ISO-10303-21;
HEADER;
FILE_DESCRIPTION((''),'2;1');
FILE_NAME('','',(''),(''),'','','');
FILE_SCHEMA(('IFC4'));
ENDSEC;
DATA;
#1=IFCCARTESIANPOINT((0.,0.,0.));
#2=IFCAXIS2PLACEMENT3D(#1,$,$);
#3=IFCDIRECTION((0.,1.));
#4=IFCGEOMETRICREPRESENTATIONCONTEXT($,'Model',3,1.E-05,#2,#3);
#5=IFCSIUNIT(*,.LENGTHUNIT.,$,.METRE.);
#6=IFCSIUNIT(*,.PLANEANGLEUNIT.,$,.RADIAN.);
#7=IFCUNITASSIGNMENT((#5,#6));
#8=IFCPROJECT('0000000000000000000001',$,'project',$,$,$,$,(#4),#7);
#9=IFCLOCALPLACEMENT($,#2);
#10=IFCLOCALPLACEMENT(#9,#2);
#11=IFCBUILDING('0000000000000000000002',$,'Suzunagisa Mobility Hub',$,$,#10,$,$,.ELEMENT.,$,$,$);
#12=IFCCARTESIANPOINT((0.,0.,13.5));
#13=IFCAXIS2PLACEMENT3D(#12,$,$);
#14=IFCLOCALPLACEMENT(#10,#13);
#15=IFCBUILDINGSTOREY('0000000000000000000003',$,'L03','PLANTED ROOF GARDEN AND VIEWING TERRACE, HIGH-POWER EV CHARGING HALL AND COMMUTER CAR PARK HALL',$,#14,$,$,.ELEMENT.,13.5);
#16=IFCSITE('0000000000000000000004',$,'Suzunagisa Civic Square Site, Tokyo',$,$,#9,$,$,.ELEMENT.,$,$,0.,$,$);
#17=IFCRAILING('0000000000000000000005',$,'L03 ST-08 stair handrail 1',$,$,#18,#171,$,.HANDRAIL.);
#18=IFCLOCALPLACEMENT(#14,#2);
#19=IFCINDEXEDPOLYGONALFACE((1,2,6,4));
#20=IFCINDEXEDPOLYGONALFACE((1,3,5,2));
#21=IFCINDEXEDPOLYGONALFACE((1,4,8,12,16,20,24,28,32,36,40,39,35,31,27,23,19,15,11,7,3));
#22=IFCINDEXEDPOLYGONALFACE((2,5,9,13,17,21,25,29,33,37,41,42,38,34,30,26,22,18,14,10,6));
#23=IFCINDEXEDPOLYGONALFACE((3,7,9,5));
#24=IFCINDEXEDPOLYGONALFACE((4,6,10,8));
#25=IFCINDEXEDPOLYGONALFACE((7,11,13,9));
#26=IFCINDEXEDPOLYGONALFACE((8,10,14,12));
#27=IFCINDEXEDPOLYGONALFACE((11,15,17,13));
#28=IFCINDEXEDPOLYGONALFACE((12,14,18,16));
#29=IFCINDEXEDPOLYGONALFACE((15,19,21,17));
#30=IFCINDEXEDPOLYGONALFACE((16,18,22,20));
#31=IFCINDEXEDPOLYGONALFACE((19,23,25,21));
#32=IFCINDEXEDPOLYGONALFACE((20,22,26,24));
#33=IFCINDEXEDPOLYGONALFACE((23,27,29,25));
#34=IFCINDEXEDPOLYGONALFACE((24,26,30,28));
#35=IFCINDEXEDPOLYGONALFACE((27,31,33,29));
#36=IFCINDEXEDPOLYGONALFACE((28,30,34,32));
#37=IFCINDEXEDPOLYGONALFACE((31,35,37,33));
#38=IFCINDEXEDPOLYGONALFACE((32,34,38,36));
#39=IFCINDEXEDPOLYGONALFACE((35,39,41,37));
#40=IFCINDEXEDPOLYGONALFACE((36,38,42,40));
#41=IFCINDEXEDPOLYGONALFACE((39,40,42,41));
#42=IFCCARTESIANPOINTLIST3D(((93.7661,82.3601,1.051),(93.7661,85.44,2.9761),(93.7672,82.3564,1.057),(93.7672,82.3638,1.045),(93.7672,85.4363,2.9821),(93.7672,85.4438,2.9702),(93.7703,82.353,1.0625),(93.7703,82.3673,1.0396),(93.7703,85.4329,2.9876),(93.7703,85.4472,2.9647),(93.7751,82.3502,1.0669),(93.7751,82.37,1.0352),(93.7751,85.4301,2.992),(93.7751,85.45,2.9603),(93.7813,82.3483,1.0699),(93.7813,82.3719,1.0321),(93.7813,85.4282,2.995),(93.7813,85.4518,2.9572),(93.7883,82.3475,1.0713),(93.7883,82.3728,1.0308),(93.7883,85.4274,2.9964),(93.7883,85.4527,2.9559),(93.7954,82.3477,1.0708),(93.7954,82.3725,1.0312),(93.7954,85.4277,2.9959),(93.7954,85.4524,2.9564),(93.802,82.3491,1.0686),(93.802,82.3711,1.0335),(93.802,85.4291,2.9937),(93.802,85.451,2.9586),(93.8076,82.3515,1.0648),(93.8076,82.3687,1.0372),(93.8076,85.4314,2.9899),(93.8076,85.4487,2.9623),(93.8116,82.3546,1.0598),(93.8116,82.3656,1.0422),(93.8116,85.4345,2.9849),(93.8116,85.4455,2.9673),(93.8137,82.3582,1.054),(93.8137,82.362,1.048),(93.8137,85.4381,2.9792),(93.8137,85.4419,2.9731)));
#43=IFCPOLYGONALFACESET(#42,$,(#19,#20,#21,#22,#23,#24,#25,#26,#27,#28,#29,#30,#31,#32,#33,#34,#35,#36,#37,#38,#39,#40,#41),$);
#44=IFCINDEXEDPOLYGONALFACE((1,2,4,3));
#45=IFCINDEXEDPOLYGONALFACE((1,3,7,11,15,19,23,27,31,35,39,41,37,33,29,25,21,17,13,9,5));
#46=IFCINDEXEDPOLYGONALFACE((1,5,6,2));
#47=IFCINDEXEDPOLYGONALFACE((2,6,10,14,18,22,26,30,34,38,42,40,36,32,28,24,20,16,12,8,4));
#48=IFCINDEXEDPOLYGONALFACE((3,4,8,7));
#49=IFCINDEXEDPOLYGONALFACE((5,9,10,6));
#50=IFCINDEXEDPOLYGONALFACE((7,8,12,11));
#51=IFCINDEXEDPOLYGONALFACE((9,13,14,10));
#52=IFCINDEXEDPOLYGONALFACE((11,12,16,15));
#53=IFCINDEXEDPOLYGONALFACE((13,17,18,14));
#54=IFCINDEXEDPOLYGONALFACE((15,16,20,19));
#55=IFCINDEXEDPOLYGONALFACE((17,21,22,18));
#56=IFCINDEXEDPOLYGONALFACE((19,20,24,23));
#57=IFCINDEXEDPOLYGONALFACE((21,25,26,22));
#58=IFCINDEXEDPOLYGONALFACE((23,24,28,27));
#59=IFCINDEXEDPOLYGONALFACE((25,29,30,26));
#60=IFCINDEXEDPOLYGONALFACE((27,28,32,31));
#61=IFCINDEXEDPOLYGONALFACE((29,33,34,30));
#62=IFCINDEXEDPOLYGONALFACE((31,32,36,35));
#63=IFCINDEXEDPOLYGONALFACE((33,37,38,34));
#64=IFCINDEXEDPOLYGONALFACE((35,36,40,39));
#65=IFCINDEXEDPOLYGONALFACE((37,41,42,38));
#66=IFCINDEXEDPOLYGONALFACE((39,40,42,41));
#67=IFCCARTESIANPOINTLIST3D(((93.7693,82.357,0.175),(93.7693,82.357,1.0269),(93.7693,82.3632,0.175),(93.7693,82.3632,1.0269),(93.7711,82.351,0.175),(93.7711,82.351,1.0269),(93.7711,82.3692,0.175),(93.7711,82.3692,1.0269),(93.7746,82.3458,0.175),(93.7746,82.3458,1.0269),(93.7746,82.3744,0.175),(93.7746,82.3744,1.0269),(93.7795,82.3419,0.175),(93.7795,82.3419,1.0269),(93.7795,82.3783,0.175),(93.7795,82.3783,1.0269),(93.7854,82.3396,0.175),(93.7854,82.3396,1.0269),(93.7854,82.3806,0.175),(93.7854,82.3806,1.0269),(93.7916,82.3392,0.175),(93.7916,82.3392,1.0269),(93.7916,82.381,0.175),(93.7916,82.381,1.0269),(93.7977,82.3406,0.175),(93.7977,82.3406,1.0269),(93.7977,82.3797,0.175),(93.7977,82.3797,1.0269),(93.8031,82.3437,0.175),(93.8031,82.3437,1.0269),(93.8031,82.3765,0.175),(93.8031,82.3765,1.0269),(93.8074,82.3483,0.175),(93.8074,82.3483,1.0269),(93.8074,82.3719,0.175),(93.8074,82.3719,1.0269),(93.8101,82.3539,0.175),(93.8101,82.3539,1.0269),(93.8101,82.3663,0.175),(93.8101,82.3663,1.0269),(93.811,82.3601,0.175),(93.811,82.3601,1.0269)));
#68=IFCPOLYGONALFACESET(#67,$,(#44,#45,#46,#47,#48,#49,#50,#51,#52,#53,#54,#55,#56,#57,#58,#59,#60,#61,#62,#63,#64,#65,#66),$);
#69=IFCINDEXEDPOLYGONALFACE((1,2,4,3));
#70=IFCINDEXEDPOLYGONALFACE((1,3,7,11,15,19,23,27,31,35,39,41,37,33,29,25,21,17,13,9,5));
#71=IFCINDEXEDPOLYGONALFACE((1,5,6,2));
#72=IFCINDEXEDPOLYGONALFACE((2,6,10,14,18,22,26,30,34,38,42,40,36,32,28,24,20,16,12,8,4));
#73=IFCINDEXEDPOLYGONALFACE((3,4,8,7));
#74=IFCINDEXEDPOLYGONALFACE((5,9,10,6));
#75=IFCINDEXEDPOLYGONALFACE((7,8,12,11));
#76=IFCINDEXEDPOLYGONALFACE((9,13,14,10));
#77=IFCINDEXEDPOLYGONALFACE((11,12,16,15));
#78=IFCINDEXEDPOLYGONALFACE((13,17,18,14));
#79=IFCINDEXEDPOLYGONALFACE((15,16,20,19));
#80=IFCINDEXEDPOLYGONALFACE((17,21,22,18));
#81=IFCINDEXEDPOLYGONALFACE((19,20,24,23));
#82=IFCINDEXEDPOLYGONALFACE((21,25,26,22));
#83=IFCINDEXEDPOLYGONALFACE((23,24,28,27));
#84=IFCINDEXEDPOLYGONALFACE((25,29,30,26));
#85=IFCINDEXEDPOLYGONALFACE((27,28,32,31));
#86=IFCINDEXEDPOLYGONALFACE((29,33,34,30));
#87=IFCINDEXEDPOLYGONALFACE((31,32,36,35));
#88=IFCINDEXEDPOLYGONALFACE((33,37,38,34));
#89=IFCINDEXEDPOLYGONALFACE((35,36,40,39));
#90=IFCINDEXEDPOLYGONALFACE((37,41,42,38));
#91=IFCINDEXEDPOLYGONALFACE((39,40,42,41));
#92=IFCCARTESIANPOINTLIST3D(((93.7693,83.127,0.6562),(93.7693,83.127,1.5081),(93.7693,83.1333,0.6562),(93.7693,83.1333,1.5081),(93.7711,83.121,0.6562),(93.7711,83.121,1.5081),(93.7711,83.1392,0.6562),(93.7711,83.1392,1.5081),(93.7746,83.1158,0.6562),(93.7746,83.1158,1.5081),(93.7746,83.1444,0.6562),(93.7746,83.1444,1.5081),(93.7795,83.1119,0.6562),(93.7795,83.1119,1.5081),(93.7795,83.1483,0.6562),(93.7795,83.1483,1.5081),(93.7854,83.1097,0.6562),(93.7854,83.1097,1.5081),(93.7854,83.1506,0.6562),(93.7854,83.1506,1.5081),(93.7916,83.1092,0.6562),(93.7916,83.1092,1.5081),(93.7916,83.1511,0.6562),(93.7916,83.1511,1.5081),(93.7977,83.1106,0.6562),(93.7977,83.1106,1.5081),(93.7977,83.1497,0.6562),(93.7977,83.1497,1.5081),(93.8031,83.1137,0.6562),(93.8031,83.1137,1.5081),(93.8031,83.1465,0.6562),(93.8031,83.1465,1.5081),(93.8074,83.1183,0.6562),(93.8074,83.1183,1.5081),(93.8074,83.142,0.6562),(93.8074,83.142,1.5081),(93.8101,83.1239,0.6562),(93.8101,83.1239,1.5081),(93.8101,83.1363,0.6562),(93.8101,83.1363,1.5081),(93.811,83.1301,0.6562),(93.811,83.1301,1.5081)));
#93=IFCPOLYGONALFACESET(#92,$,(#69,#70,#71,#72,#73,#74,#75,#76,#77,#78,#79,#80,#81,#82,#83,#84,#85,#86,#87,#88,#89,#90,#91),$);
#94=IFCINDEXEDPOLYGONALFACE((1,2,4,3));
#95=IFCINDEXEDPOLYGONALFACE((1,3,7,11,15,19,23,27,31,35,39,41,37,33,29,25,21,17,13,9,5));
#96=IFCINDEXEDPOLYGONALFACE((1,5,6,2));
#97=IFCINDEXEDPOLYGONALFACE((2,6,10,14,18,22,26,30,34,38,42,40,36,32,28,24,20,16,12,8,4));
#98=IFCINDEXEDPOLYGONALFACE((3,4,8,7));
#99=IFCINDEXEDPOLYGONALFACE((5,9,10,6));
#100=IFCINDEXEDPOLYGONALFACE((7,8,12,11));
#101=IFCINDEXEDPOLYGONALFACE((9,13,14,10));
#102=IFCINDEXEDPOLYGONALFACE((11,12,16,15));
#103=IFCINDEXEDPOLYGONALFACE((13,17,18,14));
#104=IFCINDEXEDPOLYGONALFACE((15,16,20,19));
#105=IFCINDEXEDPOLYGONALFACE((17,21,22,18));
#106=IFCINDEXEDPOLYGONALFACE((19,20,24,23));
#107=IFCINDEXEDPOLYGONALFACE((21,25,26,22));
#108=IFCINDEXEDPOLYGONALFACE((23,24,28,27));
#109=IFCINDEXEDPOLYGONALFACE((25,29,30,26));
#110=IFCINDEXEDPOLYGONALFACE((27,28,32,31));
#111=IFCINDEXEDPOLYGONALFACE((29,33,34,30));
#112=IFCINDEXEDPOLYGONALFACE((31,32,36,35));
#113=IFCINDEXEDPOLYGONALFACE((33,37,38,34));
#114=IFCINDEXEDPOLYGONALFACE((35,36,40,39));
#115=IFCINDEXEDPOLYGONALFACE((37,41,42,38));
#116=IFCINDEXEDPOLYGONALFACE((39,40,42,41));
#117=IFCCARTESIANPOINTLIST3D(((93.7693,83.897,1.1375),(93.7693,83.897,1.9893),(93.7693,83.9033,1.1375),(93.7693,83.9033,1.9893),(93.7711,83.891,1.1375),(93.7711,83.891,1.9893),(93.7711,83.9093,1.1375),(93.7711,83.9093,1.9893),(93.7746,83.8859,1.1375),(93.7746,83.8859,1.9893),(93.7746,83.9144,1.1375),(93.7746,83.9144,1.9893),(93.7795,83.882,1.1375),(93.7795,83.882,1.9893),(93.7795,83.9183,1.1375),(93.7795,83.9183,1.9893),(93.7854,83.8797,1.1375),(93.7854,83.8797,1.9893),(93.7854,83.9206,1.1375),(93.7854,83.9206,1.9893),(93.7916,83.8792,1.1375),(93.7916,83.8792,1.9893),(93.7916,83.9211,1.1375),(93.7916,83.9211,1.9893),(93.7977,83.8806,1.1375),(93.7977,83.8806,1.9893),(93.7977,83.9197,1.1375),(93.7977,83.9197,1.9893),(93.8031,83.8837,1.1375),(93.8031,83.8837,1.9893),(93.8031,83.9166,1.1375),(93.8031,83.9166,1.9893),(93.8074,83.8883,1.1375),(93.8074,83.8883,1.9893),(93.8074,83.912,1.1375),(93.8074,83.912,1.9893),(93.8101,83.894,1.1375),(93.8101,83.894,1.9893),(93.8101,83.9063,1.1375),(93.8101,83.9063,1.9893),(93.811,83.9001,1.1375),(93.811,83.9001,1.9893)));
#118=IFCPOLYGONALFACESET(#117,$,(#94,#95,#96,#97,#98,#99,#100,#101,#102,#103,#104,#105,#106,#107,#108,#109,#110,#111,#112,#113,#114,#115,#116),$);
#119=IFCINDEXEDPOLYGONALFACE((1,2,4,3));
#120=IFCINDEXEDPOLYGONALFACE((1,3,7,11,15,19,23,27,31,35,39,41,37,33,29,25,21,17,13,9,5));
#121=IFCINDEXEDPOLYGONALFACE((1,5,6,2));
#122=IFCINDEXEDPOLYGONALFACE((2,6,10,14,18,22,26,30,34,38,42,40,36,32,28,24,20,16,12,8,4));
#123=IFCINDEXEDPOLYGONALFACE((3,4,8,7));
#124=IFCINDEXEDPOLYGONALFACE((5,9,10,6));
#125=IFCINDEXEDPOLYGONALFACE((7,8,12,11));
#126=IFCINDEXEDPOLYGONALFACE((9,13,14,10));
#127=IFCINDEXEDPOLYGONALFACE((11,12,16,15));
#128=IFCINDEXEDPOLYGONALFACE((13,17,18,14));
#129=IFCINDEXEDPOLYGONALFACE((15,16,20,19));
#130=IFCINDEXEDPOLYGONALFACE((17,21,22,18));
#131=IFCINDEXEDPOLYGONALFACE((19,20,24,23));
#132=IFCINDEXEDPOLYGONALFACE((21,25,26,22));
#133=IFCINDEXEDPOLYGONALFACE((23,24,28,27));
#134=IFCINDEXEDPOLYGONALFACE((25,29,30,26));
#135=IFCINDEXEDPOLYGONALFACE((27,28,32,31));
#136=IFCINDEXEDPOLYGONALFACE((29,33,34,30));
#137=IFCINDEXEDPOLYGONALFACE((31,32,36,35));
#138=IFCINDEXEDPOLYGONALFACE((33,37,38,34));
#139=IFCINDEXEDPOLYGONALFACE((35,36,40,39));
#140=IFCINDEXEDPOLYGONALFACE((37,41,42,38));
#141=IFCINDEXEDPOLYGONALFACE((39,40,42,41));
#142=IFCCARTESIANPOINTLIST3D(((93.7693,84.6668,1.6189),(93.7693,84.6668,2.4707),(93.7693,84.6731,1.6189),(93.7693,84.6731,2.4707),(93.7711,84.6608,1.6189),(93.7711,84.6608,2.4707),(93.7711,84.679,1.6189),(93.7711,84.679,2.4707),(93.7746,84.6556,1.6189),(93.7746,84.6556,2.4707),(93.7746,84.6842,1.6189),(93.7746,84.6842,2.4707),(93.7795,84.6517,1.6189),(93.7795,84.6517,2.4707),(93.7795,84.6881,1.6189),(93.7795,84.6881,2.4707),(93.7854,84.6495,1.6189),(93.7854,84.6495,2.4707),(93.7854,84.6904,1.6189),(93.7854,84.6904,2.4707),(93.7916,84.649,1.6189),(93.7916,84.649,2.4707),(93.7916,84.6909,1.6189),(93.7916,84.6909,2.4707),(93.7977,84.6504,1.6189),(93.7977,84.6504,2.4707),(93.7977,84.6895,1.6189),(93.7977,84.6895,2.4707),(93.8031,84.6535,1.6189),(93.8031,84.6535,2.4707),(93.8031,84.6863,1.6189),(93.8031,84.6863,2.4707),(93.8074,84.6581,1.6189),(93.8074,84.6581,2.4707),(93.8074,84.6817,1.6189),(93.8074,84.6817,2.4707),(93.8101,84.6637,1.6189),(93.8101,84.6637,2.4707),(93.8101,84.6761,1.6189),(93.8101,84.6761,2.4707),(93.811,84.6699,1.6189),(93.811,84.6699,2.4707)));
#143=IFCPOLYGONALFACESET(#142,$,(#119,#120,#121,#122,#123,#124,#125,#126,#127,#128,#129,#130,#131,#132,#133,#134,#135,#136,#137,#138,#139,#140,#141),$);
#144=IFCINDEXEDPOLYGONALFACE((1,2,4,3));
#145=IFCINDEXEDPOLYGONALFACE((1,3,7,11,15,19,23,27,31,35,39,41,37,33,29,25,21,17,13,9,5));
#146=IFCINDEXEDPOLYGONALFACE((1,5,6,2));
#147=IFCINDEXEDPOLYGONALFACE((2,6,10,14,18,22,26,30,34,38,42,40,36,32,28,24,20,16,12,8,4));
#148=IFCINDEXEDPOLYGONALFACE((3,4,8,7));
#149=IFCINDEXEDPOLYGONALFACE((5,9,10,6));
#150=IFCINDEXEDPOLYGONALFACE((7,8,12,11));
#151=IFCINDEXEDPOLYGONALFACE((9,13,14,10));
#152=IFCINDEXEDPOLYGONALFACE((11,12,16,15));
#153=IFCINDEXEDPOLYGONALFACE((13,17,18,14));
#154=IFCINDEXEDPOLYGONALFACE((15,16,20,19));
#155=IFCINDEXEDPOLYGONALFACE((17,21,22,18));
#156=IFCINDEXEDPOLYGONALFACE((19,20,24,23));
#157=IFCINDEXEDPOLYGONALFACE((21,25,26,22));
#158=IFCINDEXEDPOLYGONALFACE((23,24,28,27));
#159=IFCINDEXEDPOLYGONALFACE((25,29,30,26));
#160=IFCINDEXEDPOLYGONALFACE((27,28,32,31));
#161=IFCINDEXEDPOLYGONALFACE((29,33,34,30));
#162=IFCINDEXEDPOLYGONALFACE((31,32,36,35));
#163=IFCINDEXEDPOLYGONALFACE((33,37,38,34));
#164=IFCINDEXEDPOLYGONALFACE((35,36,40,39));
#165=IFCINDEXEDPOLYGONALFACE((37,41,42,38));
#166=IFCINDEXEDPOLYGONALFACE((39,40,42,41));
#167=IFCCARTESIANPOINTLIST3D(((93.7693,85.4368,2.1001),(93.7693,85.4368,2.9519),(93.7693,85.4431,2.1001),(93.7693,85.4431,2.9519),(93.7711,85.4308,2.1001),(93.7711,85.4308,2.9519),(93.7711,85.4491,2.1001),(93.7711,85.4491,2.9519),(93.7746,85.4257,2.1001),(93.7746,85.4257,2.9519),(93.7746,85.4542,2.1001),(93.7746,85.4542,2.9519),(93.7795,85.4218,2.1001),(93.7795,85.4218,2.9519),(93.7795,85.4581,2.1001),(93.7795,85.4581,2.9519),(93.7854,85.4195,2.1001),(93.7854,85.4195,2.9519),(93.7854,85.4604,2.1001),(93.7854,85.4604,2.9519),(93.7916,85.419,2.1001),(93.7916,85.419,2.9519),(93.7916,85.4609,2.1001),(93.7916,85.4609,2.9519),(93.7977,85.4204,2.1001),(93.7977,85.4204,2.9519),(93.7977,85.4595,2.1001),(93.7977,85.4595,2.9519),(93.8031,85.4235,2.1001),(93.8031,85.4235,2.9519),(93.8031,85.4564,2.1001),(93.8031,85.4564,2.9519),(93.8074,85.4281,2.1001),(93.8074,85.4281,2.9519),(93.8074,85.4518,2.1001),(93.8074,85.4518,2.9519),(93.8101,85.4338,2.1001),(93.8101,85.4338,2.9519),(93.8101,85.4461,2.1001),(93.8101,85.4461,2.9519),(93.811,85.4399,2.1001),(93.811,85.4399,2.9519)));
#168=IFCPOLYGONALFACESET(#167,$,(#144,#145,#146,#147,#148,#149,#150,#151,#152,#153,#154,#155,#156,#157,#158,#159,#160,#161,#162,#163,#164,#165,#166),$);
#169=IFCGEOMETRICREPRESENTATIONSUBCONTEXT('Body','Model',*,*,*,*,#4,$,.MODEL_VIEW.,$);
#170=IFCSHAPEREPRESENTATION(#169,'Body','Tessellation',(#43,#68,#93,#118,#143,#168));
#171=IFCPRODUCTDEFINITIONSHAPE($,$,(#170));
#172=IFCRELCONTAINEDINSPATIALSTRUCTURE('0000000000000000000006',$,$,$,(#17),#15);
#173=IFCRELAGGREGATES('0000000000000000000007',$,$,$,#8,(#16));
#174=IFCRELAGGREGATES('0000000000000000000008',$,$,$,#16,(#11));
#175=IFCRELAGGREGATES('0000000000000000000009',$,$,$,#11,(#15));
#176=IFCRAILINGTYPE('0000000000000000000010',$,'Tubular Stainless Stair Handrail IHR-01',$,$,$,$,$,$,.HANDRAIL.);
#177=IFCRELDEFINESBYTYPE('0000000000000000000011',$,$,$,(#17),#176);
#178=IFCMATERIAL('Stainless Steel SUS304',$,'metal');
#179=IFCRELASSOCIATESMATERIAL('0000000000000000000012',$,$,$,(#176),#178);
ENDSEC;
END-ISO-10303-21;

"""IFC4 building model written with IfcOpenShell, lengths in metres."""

from ifc_helpers import new_model, si_unit, direction, frame, origin, origin_2d, place, context, subcontext, project, spatial, circle, extrude, material, type_object, element, save


model = new_model("IFC4")

# Units and contexts
model_context = context("Model", 3, precision=1e-05, world=origin(), true_north=direction((0.0, 1.0)))
body_context = subcontext(model_context, "Body", "Model", "MODEL_VIEW")
ifc_project = project(units=[si_unit("LENGTHUNIT", "METRE"), si_unit("PLANEANGLEUNIT", "RADIAN")], contexts=[model_context])

# Site, building, storey
site_placement = place(None, origin())
site = spatial("IfcSite", under=ifc_project, at=site_placement, Name="Suzunagisa Civic Square Site, Tokyo", CompositionType="ELEMENT", RefElevation=0.0)
building_placement = place(site_placement, origin())
building = spatial("IfcBuilding", under=site, at=building_placement, Name="Suzunagisa Mobility Hub", CompositionType="ELEMENT")
storey_placement = place(building_placement, frame((0.0, 0.0, 13.5)))
storey = spatial("IfcBuildingStorey", under=building, at=storey_placement, Name="L03", Description="PLANTED ROOF GARDEN AND VIEWING TERRACE, HIGH-POWER EV CHARGING HALL AND COMMUTER CAR PARK HALL", CompositionType="ELEMENT", Elevation=13.5)

# Railing
ifc_material_1 = material(Name="Stainless Steel SUS304", Category="metal")
railing_type_1 = type_object("IfcRailingType", Name="Tubular Stainless Stair Handrail IHR-01", PredefinedType="HANDRAIL", material=ifc_material_1)
railing_1_placement = place(storey_placement, frame((93.79, 82.3601, 0.175)))
element("IfcRailing", 1, at=railing_1_placement, inside=storey, type_object=railing_type_1, Name="L03 ST-08 stair handrail 1", PredefinedType="HANDRAIL", context=body_context, shape_type="SweptSolid", body=[
    extrude(circle(Radius=0.0239, at=origin_2d()), frame((0.0, 0.0, 0.876), z_axis=(0.0, 0.847979, 0.530029), x_axis=(-1.0, 0.0, 0.0)), (0.0, 0.0, 1.0), 3.6321),
    extrude(circle(Radius=0.021, at=origin_2d()), origin(), (0.0, 0.0, 1.0), 0.8518),
    extrude(circle(Radius=0.021, at=origin_2d()), frame((0.0, 0.77, 0.4812)), (0.0, 0.0, 1.0), 0.8518),
    extrude(circle(Radius=0.021, at=origin_2d()), frame((0.0, 1.54, 0.9624)), (0.0, 0.0, 1.0), 0.8518),
    extrude(circle(Radius=0.021, at=origin_2d()), frame((0.0, 2.3098, 1.4438)), (0.0, 0.0, 1.0), 0.8518),
    extrude(circle(Radius=0.021, at=origin_2d()), frame((0.0, 3.0798, 1.925)), (0.0, 0.0, 1.0), 0.8518),
])

save(model, "model.ifc")
